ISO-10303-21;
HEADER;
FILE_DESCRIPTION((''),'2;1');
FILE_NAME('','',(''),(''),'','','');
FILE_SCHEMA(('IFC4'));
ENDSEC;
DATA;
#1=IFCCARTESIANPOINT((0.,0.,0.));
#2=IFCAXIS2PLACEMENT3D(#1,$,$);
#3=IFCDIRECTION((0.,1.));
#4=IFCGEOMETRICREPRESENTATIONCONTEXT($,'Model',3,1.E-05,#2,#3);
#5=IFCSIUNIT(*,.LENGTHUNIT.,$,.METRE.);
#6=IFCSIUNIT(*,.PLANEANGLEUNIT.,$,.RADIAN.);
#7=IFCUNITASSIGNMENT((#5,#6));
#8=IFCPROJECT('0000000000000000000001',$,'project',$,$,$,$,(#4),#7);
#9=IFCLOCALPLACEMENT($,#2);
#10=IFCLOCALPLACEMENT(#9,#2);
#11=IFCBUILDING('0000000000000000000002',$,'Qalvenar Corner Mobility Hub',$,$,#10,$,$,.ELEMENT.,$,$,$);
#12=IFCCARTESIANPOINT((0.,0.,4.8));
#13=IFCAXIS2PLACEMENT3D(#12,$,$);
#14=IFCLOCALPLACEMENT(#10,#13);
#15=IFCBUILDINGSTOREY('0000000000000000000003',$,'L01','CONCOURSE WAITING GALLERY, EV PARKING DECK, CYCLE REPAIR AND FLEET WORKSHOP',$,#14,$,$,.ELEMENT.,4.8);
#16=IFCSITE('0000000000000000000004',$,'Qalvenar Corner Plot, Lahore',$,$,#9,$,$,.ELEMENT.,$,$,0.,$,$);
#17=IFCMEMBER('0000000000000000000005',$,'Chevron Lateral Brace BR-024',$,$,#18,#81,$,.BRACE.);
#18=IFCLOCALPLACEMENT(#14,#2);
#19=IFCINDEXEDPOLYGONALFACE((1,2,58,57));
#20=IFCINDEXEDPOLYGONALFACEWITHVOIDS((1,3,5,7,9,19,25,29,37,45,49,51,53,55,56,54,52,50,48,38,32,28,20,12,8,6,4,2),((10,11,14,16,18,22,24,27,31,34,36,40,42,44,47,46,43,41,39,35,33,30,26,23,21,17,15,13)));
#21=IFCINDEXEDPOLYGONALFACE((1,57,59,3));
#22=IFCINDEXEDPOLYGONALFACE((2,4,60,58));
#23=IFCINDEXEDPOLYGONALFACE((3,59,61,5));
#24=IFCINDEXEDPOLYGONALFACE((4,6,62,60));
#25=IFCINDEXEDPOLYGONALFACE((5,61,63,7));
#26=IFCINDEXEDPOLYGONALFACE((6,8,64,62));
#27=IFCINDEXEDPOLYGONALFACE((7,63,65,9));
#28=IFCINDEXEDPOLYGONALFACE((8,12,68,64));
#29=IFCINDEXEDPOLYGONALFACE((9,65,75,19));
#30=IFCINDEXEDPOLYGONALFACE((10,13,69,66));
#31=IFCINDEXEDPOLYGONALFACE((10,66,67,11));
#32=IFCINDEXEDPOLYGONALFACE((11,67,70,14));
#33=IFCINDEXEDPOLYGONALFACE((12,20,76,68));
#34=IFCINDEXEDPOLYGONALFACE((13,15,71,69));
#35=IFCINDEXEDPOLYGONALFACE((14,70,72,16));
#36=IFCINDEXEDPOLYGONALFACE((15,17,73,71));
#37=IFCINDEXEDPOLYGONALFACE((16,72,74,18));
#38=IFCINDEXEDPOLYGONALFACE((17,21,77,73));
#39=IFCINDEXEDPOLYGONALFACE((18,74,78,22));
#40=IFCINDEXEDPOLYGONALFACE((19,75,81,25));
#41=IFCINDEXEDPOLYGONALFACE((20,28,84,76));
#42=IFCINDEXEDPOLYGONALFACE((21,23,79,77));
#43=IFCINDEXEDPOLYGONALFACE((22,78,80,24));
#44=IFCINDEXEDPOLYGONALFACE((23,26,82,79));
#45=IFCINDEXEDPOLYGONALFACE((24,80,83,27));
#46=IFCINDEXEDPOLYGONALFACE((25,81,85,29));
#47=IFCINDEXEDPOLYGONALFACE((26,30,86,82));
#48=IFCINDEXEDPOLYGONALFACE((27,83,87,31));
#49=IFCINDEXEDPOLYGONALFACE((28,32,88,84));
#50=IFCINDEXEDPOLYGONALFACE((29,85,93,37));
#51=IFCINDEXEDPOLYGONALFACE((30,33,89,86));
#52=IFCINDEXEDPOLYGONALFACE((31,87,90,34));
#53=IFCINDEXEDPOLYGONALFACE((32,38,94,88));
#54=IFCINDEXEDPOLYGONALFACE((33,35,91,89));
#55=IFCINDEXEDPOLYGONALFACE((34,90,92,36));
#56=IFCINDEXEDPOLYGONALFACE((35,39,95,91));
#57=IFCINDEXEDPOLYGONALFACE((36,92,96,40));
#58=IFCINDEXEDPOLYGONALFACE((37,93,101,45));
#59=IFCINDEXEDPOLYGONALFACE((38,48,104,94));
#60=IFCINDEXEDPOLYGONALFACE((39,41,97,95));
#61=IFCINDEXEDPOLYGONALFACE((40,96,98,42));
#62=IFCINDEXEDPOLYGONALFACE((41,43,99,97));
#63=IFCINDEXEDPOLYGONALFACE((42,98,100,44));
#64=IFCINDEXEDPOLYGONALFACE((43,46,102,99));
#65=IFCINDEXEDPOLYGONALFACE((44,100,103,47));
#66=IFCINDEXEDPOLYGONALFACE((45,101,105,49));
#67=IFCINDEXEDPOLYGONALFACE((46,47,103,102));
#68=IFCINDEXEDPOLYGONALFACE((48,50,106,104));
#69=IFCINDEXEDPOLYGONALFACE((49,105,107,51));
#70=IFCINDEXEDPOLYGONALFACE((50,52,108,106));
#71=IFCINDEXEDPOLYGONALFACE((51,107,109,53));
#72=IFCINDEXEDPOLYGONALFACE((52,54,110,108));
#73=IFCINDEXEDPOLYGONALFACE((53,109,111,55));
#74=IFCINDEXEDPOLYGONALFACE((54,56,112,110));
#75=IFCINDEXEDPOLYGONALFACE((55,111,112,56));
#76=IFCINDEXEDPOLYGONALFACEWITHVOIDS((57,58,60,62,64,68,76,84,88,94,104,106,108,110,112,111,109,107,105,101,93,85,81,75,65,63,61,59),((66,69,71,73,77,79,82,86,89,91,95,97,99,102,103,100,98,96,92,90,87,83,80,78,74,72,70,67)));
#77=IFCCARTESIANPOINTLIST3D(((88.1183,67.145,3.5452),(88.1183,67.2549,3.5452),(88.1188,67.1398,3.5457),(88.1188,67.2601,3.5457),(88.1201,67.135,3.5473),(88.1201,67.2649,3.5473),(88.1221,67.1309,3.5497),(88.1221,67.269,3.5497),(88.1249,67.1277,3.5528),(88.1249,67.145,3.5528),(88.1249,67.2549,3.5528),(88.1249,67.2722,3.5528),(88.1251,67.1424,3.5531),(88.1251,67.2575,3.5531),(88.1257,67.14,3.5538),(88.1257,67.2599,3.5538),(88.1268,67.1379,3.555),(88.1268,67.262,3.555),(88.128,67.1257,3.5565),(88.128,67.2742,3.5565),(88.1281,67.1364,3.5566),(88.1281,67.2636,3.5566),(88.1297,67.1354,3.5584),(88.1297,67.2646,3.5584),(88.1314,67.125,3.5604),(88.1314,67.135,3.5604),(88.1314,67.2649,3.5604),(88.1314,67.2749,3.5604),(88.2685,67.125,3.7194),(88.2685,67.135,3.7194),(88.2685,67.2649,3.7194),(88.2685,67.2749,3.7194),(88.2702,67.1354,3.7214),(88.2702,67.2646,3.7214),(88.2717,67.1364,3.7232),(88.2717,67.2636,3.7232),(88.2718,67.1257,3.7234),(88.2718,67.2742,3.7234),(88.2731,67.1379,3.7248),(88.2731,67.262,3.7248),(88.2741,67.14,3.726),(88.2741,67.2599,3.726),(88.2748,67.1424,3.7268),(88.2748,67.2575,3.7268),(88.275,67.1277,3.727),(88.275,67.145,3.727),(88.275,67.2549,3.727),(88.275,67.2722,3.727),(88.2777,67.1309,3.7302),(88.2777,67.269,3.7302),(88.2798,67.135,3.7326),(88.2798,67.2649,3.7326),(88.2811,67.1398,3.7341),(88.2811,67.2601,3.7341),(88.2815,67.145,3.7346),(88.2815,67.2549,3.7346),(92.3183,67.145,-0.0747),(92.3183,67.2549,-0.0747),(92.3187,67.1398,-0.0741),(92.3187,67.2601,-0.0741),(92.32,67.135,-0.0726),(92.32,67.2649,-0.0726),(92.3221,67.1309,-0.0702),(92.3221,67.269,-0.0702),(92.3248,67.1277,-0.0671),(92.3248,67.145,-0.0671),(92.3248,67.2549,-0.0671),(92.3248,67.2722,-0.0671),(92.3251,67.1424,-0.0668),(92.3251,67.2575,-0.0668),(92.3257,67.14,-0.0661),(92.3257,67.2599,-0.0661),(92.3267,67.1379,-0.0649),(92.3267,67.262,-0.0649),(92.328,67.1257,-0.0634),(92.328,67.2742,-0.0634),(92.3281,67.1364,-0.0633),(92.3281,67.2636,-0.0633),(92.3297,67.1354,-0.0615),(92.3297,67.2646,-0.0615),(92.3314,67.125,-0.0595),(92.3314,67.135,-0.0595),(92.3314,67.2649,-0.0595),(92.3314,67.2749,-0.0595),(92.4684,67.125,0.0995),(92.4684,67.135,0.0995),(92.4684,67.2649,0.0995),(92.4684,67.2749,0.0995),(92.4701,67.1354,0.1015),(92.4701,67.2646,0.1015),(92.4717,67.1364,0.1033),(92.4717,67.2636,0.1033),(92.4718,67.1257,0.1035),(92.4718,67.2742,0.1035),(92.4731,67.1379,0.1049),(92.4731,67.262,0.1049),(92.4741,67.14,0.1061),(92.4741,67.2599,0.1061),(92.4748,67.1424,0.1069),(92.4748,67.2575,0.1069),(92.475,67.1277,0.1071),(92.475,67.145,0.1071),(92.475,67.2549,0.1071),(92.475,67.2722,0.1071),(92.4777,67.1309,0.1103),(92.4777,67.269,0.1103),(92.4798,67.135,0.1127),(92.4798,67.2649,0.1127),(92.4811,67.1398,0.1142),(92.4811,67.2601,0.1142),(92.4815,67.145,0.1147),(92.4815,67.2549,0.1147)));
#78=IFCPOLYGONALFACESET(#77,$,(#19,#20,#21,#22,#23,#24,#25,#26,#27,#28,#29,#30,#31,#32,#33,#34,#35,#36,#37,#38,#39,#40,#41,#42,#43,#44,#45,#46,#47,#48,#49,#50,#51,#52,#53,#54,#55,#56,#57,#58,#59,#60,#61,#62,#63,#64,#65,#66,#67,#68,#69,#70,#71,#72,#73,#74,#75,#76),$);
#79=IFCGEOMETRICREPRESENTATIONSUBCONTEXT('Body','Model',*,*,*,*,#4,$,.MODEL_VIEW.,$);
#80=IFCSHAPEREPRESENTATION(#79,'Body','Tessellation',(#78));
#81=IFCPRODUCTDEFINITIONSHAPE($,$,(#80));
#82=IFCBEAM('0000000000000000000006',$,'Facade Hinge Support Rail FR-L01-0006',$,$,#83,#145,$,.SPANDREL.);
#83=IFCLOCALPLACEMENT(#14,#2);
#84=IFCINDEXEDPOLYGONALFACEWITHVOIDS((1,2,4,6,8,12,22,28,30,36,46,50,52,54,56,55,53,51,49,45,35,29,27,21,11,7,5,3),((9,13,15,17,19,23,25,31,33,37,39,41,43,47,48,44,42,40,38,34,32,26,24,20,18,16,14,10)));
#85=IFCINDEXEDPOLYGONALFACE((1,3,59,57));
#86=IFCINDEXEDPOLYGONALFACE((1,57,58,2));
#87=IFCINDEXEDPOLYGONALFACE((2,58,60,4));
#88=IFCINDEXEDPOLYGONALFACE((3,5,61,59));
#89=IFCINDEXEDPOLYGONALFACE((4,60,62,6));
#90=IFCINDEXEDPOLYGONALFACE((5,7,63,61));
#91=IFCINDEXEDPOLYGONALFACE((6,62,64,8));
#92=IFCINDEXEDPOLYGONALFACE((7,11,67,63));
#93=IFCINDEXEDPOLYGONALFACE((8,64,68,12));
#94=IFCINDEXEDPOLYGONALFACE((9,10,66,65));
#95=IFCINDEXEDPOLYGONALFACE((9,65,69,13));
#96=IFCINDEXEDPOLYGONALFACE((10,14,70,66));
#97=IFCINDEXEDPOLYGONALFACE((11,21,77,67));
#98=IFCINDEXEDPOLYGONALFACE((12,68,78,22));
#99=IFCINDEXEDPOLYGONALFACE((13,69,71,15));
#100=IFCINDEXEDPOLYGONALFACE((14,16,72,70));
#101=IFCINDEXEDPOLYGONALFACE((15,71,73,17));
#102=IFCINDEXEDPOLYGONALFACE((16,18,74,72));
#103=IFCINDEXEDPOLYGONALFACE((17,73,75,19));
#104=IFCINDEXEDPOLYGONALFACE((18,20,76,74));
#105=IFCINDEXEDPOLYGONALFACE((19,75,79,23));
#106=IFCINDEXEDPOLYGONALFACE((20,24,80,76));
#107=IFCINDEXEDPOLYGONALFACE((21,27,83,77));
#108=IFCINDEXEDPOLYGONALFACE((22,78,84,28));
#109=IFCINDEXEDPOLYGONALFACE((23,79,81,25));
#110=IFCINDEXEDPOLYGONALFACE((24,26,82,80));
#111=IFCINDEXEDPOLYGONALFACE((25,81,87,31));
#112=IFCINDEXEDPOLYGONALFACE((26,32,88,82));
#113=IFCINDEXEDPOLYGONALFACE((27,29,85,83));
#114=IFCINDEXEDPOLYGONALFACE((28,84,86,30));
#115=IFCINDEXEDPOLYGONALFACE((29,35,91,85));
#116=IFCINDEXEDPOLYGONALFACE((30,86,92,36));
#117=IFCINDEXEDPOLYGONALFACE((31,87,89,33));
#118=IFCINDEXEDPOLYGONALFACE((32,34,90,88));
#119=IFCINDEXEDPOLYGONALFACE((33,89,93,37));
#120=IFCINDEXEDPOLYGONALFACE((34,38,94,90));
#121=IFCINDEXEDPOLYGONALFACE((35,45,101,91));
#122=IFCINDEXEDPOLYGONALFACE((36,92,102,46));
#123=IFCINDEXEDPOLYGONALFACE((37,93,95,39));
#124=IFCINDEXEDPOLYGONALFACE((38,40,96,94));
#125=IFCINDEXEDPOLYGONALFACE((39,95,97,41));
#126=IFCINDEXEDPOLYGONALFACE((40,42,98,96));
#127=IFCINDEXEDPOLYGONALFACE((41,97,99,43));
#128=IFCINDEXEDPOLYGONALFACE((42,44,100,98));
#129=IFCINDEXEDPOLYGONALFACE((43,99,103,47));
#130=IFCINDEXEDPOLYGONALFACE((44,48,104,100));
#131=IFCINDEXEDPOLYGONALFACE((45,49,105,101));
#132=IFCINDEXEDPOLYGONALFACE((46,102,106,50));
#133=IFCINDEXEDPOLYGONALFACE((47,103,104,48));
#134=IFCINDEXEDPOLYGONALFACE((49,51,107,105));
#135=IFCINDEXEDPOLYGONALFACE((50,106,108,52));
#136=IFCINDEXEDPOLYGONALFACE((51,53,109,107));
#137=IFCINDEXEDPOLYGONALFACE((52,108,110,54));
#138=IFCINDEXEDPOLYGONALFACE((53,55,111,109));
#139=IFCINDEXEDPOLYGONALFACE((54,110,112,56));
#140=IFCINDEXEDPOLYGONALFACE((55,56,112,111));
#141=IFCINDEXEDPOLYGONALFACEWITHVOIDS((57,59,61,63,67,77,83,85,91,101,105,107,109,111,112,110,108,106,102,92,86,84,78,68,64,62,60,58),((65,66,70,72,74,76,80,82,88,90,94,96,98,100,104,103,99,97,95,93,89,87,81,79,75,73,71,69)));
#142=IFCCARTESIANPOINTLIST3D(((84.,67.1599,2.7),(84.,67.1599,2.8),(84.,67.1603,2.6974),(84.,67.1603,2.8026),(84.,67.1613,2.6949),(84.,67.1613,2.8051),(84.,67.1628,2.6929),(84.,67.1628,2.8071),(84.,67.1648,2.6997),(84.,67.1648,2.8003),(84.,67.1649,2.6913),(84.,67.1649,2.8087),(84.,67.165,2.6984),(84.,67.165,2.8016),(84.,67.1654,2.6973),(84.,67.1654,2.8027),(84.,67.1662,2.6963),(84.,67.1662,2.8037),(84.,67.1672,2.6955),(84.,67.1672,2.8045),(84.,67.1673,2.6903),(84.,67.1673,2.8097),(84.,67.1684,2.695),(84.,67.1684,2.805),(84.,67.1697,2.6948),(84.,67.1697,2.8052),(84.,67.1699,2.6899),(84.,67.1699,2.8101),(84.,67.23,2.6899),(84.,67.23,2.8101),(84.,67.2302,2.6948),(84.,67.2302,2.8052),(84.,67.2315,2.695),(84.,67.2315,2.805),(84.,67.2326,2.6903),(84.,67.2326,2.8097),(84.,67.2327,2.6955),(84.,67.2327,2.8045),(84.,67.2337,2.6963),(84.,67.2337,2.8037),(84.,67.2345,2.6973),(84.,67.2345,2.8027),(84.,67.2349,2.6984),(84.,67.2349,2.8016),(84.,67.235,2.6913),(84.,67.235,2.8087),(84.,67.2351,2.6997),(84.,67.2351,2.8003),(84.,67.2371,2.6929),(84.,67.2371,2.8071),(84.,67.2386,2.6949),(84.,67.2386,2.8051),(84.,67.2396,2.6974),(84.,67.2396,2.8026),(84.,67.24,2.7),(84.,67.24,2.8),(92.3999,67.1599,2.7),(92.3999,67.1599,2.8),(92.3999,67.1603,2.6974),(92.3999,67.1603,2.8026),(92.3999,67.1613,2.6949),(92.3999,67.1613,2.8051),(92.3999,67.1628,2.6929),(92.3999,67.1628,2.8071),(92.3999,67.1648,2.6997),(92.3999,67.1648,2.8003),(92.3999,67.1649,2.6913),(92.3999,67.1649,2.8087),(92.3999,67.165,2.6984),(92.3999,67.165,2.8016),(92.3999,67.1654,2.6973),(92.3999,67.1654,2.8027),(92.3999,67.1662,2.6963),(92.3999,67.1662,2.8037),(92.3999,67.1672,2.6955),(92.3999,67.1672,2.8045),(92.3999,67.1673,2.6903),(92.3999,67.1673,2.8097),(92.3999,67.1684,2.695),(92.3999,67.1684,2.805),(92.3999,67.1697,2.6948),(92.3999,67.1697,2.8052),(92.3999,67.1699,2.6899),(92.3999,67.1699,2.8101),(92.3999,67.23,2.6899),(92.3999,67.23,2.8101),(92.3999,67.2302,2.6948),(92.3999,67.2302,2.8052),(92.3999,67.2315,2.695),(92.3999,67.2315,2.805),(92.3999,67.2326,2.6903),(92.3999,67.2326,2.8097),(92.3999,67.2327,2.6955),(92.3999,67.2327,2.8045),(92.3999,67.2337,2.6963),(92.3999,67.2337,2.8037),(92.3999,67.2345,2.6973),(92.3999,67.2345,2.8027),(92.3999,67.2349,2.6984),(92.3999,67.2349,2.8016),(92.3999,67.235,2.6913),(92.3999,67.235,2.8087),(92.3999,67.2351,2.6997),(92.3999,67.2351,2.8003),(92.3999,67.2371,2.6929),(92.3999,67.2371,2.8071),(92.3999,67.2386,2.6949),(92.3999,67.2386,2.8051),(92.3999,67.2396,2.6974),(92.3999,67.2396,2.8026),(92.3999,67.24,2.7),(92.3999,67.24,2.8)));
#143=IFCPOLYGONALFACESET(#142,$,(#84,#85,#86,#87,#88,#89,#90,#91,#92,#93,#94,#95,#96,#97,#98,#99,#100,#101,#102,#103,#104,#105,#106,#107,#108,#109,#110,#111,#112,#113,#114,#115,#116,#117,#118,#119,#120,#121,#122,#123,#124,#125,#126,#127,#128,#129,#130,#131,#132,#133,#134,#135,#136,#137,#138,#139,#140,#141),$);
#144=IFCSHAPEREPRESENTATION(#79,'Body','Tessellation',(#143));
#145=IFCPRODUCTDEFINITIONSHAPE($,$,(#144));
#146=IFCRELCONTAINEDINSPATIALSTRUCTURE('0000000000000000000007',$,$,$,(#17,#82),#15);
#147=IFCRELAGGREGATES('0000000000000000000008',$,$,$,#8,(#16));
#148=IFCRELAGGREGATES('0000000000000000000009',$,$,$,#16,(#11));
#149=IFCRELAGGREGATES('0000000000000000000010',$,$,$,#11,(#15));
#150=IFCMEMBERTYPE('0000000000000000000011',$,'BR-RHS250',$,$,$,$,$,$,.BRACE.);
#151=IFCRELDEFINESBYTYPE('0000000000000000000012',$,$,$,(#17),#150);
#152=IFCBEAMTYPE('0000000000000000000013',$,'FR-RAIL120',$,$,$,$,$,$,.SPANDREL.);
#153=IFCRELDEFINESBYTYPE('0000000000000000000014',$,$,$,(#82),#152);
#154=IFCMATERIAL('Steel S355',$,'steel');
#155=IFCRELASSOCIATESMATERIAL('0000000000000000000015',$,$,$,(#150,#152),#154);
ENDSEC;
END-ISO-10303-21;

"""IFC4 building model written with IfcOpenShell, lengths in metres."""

from ifc_helpers import new_model, si_unit, direction, frame, origin, origin_2d, place, context, subcontext, project, spatial, hollow_rectangle, extrude, material, material_profile, profile_set, type_object, element, save


model = new_model("IFC4")

# Units and contexts
model_context = context("Model", 3, precision=1e-05, world=origin(), true_north=direction((0.0, 1.0)))
body_context = subcontext(model_context, "Body", "Model", "MODEL_VIEW")
ifc_project = project(units=[si_unit("LENGTHUNIT", "METRE"), si_unit("PLANEANGLEUNIT", "RADIAN")], contexts=[model_context])

# Site, building, storey
site_placement = place(None, origin())
site = spatial("IfcSite", under=ifc_project, at=site_placement, Name="Qalvenar Corner Plot, Lahore", CompositionType="ELEMENT", RefElevation=0.0)
building_placement = place(site_placement, origin())
building = spatial("IfcBuilding", under=site, at=building_placement, Name="Qalvenar Corner Mobility Hub", CompositionType="ELEMENT")
storey_placement = place(building_placement, frame((0.0, 0.0, 4.8)))
storey = spatial("IfcBuildingStorey", under=building, at=storey_placement, Name="L01", Description="CONCOURSE WAITING GALLERY, EV PARKING DECK, CYCLE REPAIR AND FLEET WORKSHOP", CompositionType="ELEMENT", Elevation=4.8)

# Shared definitions
ifc_material = material(Name="Steel S355", Category="steel")

# Member
ifc_material_profile_1 = material_profile(ifc_material, hollow_rectangle(XDim=0.1499, YDim=0.25, WallThickness=0.01, InnerFilletRadius=0.01, OuterFilletRadius=0.02, at=origin_2d()), Name="RHS250x150x10")
ifc_profile_set_1 = profile_set([ifc_material_profile_1], Name="Steel S355")
member_type = type_object("IfcMemberType", Name="BR-RHS250", PredefinedType="BRACE", material=ifc_profile_set_1)
for number, where, z_axis, x_axis, name in (
    (1, (92.3999, 67.2, 0.02), (-0.757479, 0.0, 0.652859), (0.0, -1.0, 0.0), "Chevron Lateral Brace BR-024"),
):
    element("IfcMember", number, at=place(storey_placement, frame(where, z_axis=z_axis, x_axis=x_axis)), inside=storey, type_object=member_type, Name=name, PredefinedType="BRACE", context=body_context, shape_type="SweptSolid", body=[
        extrude(hollow_rectangle(XDim=0.1499, YDim=0.25, WallThickness=0.01, InnerFilletRadius=0.01, OuterFilletRadius=0.02, at=origin_2d()), origin(), (0.0, 0.0, 1.0), 5.5447),
    ])

# Beam
ifc_material_profile_2 = material_profile(ifc_material, hollow_rectangle(XDim=0.0801, YDim=0.1201, WallThickness=0.0049, InnerFilletRadius=0.0049, OuterFilletRadius=0.01, at=origin_2d()), Name="RHS120x80x5")
ifc_profile_set_2 = profile_set([ifc_material_profile_2], Name="Steel S355")
beam_type_1 = type_object("IfcBeamType", Name="FR-RAIL120", PredefinedType="SPANDREL", material=ifc_profile_set_2)
beam_1_placement = place(storey_placement, frame((84.0, 67.2, 2.75), z_axis=(1.0, 0.0, 0.0), x_axis=(0.0, 1.0, 0.0)))
element("IfcBeam", 2, at=beam_1_placement, inside=storey, type_object=beam_type_1, Name="Facade Hinge Support Rail FR-L01-0006", PredefinedType="SPANDREL", context=body_context, shape_type="SweptSolid", body=[
    extrude(hollow_rectangle(XDim=0.0801, YDim=0.1201, WallThickness=0.0049, InnerFilletRadius=0.0049, OuterFilletRadius=0.01, at=origin_2d()), origin(), (0.0, 0.0, 1.0), 8.3999),
])

save(model, "model.ifc")
